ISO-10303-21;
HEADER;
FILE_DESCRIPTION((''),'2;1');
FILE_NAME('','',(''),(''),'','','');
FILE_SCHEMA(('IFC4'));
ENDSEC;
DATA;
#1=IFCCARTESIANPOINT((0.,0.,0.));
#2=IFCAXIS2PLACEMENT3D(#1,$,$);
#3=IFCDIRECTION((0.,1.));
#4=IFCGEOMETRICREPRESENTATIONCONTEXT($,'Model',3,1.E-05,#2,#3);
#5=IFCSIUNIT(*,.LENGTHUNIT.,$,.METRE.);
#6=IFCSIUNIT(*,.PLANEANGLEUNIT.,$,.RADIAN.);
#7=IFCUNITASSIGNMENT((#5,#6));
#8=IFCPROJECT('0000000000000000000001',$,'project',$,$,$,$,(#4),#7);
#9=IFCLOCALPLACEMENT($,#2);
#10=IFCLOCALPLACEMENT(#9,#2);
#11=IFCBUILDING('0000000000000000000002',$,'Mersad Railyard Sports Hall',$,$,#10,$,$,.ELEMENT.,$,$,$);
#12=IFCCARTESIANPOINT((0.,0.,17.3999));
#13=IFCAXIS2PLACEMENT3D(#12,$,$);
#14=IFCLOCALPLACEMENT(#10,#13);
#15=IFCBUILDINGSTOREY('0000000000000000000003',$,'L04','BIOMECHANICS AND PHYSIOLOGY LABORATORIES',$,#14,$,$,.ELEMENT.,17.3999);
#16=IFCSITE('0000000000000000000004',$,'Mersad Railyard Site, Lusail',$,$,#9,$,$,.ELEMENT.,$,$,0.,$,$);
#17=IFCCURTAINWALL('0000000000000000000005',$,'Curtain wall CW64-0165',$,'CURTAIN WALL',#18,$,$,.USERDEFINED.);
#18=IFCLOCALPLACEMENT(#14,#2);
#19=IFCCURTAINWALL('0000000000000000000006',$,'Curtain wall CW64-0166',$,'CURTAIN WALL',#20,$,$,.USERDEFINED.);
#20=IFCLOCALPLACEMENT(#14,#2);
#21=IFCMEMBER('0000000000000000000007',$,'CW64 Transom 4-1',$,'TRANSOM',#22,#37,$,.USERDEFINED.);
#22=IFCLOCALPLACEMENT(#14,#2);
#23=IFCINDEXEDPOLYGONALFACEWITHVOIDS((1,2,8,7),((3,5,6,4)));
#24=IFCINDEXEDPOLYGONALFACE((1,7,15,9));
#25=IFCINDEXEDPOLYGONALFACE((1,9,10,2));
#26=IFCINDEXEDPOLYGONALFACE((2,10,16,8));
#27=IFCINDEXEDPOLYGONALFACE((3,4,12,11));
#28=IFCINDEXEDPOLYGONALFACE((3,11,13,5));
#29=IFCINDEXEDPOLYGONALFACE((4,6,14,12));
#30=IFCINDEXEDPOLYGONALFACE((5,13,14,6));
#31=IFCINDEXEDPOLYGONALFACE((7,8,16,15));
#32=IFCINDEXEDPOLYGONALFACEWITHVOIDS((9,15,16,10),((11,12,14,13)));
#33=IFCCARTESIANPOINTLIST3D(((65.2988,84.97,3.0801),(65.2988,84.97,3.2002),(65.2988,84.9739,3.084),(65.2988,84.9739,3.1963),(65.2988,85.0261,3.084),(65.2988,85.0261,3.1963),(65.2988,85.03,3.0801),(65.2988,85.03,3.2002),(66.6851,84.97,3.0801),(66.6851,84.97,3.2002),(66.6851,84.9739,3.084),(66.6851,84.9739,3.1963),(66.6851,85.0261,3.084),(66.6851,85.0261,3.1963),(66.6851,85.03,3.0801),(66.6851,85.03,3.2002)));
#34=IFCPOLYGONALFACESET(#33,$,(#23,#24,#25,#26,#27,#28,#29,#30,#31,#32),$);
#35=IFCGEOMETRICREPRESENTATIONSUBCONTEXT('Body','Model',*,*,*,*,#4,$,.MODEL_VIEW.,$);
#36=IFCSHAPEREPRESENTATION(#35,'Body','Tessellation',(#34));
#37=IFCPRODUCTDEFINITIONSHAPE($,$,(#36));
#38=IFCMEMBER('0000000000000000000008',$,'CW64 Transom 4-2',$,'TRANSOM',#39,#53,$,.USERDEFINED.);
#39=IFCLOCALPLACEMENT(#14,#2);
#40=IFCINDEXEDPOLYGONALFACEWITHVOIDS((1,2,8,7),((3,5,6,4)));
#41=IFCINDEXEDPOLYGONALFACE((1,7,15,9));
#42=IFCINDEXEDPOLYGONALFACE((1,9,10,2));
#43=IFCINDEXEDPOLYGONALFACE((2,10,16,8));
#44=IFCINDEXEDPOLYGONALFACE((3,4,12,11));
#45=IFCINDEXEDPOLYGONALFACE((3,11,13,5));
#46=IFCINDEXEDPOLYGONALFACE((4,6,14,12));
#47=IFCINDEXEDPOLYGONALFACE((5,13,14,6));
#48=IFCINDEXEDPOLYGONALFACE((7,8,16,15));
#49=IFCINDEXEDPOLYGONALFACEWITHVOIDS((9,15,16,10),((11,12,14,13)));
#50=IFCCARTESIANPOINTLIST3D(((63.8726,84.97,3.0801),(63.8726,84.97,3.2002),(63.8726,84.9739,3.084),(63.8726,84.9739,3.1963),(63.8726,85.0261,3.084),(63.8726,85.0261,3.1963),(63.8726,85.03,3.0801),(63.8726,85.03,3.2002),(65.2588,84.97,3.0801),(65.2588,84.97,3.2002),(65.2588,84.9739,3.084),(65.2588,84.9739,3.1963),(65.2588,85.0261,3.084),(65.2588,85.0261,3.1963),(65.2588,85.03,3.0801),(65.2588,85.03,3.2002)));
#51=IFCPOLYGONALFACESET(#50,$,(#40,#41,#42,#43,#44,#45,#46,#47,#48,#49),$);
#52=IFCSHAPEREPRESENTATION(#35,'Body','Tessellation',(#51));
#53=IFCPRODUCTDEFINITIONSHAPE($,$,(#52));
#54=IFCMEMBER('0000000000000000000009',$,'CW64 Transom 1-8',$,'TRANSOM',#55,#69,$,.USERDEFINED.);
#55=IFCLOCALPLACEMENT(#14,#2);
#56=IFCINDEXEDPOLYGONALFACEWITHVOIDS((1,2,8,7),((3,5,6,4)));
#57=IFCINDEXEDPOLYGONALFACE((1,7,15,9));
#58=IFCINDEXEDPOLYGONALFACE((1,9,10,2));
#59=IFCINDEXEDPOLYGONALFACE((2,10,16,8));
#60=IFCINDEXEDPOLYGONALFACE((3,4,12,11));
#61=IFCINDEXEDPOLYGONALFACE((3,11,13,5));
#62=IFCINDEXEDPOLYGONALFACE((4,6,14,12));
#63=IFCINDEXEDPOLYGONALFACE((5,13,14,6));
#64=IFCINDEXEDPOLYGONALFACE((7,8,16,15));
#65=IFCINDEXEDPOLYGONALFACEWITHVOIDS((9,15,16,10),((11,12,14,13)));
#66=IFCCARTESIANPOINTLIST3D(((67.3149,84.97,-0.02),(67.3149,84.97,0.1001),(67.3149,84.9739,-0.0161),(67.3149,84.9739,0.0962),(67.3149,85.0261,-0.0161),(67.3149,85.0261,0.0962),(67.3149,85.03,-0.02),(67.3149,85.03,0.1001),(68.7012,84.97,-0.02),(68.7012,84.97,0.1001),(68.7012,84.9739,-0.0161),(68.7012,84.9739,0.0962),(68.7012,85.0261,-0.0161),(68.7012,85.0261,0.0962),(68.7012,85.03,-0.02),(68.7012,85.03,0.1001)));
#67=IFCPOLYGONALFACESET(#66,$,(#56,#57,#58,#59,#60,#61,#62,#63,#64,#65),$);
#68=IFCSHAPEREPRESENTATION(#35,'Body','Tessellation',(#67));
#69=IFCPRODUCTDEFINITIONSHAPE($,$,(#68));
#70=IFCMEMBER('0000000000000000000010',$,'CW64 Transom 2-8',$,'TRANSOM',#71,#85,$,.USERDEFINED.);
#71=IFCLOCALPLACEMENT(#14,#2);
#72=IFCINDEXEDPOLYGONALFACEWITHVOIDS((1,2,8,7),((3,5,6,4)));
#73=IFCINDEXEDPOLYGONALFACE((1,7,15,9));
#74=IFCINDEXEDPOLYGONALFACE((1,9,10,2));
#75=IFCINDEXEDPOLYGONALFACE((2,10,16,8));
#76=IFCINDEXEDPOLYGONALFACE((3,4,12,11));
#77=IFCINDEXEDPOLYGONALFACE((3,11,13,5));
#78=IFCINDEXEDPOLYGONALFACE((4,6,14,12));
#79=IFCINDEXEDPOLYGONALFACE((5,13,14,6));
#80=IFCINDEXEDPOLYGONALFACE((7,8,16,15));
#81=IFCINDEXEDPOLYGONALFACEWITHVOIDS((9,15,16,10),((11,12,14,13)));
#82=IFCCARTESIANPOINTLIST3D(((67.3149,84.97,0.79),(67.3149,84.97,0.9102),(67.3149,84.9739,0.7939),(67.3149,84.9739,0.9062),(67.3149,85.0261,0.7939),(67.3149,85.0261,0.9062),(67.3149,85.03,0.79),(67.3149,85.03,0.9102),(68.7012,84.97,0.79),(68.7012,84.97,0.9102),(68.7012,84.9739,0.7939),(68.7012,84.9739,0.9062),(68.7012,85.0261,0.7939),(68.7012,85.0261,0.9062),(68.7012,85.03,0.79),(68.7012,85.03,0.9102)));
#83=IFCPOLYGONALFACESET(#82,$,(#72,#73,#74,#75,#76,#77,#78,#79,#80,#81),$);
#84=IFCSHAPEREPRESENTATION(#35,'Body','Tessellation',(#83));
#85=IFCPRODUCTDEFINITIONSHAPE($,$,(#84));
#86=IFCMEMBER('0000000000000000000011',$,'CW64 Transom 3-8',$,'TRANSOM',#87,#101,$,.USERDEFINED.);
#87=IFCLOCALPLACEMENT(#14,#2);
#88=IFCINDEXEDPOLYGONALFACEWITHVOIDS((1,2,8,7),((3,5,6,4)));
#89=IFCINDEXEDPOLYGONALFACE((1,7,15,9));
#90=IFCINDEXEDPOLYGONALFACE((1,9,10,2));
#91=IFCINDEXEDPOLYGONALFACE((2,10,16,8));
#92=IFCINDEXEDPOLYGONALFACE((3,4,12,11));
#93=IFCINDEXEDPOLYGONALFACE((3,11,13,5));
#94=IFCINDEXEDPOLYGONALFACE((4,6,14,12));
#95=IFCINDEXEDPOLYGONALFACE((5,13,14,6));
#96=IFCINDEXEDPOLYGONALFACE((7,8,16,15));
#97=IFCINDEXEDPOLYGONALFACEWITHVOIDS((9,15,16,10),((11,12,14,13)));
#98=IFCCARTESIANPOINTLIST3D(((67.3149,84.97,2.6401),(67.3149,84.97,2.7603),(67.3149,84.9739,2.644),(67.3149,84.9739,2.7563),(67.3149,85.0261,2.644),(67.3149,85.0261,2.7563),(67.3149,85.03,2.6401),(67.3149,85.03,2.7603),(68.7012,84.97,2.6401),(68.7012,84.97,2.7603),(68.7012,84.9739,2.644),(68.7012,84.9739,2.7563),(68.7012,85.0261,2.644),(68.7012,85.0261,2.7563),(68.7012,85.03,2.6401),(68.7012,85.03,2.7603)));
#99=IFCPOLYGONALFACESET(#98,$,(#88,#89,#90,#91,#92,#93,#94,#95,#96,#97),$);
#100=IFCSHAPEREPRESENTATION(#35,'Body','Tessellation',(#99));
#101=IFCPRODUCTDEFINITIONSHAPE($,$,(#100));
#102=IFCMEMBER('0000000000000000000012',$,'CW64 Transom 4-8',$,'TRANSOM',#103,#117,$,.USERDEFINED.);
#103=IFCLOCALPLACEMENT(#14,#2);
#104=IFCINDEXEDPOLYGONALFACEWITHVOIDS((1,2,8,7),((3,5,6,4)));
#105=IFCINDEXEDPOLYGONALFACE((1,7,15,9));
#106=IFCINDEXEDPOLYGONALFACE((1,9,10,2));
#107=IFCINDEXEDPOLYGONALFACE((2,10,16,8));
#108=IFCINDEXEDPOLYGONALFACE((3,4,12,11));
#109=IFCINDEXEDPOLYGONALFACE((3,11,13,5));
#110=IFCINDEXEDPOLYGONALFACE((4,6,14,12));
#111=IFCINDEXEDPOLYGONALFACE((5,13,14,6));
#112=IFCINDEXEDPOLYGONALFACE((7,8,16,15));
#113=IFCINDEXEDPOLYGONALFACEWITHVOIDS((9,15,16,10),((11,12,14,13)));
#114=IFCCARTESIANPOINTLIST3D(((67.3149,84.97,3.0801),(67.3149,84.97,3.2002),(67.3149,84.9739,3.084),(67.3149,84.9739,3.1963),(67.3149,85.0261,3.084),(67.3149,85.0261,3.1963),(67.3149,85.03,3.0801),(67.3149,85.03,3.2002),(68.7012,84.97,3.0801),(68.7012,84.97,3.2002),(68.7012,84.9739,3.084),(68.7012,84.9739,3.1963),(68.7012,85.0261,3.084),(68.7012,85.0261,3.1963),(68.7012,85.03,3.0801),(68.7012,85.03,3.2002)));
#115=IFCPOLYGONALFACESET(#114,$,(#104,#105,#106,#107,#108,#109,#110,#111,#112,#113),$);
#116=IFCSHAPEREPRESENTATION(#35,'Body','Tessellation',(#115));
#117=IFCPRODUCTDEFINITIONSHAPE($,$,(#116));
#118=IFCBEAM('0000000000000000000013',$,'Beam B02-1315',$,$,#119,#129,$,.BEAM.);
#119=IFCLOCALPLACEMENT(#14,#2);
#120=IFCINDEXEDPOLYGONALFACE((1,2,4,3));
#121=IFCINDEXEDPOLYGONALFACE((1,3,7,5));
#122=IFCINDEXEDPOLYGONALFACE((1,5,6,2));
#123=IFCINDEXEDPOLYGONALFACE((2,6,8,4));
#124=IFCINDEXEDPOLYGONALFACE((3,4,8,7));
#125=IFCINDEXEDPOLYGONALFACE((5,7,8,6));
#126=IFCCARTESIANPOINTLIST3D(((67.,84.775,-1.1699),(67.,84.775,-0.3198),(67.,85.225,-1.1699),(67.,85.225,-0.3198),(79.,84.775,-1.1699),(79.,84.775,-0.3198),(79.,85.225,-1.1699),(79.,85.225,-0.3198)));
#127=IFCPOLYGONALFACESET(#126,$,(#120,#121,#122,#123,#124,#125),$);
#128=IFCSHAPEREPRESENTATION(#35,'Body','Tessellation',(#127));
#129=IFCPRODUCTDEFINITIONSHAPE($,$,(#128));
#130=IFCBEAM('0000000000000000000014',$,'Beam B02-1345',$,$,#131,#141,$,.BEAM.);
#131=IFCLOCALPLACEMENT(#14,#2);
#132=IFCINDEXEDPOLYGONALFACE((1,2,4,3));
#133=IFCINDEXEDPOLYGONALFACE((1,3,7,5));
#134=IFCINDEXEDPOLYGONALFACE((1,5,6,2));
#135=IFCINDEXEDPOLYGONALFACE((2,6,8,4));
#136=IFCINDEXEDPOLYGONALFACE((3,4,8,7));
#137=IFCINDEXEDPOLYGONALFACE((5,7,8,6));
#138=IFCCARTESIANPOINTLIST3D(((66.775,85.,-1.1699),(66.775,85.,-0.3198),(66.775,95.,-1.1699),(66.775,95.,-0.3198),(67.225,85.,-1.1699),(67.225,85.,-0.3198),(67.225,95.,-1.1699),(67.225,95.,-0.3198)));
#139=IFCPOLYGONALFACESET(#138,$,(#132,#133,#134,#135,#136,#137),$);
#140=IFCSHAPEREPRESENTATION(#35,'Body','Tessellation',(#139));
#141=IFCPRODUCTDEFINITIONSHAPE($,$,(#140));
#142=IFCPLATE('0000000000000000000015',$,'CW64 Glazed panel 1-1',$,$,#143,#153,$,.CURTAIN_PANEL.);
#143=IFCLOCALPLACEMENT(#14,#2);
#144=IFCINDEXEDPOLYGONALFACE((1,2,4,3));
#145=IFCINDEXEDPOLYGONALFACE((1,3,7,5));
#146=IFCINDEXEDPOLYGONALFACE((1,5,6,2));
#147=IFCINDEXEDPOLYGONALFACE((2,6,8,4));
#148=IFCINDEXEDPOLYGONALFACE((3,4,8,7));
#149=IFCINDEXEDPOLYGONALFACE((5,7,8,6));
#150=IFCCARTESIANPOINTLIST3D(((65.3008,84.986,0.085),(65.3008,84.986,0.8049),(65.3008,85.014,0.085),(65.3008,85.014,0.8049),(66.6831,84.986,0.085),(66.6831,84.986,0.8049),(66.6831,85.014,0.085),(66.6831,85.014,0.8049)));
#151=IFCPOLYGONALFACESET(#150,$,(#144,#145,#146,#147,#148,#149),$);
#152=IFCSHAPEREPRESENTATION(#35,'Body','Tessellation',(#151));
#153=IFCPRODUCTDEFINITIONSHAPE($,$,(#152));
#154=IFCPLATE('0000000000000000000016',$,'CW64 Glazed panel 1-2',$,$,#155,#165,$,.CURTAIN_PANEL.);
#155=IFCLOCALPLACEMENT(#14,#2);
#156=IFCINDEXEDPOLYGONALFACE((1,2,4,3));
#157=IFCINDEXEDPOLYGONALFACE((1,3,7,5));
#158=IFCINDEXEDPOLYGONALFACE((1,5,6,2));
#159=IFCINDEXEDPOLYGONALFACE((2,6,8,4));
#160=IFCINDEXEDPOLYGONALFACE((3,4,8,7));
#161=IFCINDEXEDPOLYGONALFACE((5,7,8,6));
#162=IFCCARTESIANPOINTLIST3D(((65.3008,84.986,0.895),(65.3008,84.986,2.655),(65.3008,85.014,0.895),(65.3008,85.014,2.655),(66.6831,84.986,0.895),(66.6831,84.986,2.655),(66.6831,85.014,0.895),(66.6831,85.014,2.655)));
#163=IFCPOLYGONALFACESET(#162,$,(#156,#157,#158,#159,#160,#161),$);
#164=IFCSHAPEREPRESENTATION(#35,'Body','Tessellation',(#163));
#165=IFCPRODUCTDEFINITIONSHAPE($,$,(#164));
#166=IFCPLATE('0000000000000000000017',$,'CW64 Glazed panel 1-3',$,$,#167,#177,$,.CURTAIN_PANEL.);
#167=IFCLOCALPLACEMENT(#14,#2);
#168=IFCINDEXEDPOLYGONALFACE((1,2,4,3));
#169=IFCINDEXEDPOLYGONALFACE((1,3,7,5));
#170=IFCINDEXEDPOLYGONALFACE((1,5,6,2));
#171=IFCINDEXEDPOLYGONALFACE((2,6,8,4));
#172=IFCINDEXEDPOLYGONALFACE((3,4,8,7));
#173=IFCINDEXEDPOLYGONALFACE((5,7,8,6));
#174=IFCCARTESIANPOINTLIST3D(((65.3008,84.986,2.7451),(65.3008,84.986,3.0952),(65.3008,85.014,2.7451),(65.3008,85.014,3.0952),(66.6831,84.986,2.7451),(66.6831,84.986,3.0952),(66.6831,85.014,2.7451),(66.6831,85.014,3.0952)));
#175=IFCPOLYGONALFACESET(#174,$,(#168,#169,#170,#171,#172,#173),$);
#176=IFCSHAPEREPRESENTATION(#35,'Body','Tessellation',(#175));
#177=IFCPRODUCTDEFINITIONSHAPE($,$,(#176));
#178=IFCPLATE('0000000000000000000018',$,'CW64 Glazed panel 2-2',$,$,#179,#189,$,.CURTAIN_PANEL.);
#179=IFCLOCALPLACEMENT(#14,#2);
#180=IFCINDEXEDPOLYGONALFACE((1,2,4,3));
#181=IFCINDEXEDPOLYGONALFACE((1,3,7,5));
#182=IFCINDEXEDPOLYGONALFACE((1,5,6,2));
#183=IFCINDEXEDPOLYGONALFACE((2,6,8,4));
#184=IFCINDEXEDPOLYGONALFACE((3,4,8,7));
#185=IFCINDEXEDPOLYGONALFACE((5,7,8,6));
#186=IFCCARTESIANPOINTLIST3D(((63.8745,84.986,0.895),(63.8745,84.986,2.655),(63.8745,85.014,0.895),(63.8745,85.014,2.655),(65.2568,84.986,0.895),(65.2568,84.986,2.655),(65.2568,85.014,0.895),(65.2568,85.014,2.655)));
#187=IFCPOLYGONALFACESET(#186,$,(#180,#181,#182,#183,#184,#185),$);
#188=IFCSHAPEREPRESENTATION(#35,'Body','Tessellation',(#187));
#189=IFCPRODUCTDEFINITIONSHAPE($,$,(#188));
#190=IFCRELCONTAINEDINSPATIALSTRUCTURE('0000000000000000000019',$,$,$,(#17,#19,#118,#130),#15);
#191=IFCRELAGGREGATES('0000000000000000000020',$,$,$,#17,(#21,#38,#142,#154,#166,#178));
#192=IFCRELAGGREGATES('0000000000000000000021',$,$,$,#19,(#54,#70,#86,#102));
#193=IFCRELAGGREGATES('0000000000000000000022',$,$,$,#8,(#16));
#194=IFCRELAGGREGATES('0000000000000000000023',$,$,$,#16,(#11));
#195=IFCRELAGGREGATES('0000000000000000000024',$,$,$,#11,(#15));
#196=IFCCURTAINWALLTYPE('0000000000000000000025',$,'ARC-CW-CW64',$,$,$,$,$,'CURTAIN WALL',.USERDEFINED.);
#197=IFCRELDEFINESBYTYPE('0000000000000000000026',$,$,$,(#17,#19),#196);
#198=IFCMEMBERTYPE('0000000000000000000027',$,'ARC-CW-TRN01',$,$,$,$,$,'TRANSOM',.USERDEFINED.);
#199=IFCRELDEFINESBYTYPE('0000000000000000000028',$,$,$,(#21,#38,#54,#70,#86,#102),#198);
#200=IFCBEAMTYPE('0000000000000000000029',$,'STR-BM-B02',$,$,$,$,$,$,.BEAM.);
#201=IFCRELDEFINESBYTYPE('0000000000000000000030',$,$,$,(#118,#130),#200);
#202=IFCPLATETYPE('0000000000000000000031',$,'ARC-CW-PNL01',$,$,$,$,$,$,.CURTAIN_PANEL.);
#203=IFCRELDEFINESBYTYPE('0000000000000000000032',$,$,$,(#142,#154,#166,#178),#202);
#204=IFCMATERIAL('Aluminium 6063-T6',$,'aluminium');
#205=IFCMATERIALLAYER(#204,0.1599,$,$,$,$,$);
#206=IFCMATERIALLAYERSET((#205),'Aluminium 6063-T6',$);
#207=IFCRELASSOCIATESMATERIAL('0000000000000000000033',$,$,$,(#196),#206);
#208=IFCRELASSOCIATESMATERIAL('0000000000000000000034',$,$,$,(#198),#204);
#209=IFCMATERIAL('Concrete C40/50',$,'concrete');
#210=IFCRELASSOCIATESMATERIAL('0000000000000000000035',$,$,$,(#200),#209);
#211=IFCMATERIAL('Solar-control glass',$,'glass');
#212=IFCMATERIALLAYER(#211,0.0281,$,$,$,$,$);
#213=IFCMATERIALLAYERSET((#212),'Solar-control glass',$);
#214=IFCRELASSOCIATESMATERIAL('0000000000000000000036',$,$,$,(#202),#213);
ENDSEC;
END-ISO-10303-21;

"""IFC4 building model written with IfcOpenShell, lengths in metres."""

from ifc_helpers import new_model, si_unit, direction, frame, origin, origin_2d, place, context, subcontext, project, spatial, rectangle, hollow_rectangle, extrude, material, layer, layer_set, material_profile, profile_set, type_object, element, aggregate, save


model = new_model("IFC4")

# Units and contexts
model_context = context("Model", 3, precision=1e-05, world=origin(), true_north=direction((0.0, 1.0)))
body_context = subcontext(model_context, "Body", "Model", "MODEL_VIEW")
ifc_project = project(units=[si_unit("LENGTHUNIT", "METRE"), si_unit("PLANEANGLEUNIT", "RADIAN")], contexts=[model_context])

# Site, building, storey
site_placement = place(None, origin())
site = spatial("IfcSite", under=ifc_project, at=site_placement, Name="Mersad Railyard Site, Lusail", CompositionType="ELEMENT", RefElevation=0.0)
building_placement = place(site_placement, origin())
building = spatial("IfcBuilding", under=site, at=building_placement, Name="Mersad Railyard Sports Hall", CompositionType="ELEMENT")
storey_placement = place(building_placement, frame((0.0, 0.0, 17.3999)))
storey = spatial("IfcBuildingStorey", under=building, at=storey_placement, Name="L04", Description="BIOMECHANICS AND PHYSIOLOGY LABORATORIES", CompositionType="ELEMENT", Elevation=17.3999)

# Shared definitions
ifc_material_1 = material(Name="Concrete C40/50", Category="concrete")

# Curtain walls
ifc_material_2 = material(Name="Aluminium 6063-T6", Category="aluminium")
ifc_layer_1 = layer(ifc_material_2, 0.1599)
ifc_layer_set_1 = layer_set([ifc_layer_1], Name="Aluminium 6063-T6")
curtain_wall_type = type_object("IfcCurtainWallType", Name="ARC-CW-CW64", ElementType="CURTAIN WALL", PredefinedType="USERDEFINED", material=ifc_layer_set_1)
curtain_wall_1_placement = place(storey_placement, origin())
curtain_wall_1 = element("IfcCurtainWall", 1, at=curtain_wall_1_placement, inside=storey, type_object=curtain_wall_type, Name="Curtain wall CW64-0165", ObjectType="CURTAIN WALL", PredefinedType="USERDEFINED")
curtain_wall_2_placement = place(storey_placement, origin())
curtain_wall_2 = element("IfcCurtainWall", 2, at=curtain_wall_2_placement, inside=storey, type_object=curtain_wall_type, Name="Curtain wall CW64-0166", ObjectType="CURTAIN WALL", PredefinedType="USERDEFINED")

# Members
ifc_material_profile_1 = material_profile(ifc_material_2, hollow_rectangle(XDim=0.0601, YDim=0.1201, WallThickness=0.0039, at=origin_2d()), Name="AL TRANSOM 60x120x4")
ifc_profile_set_1 = profile_set([ifc_material_profile_1], Name="Aluminium 6063-T6")
member_type_1 = type_object("IfcMemberType", Name="ARC-CW-TRN01", ElementType="TRANSOM", PredefinedType="USERDEFINED", material=ifc_profile_set_1)
member_1_placement = place(storey_placement, frame((66.6851, 85.0, 3.1401), z_axis=(-1.0, 0.0, 0.0), x_axis=(0.0, -1.0, 0.0)))
member_1 = element("IfcMember", 3, at=member_1_placement, type_object=member_type_1, Name="CW64 Transom 4-1", ObjectType="TRANSOM", PredefinedType="USERDEFINED", context=body_context, shape_type="SweptSolid", body=[
    extrude(hollow_rectangle(XDim=0.0601, YDim=0.1201, WallThickness=0.0039, at=origin_2d()), origin(), (0.0, 0.0, 1.0), 1.3862),
])
member_2_placement = place(storey_placement, frame((65.2588, 85.0, 3.1401), z_axis=(-1.0, 0.0, 0.0), x_axis=(0.0, -1.0, 0.0)))
member_2 = element("IfcMember", 4, at=member_2_placement, type_object=member_type_1, Name="CW64 Transom 4-2", ObjectType="TRANSOM", PredefinedType="USERDEFINED", context=body_context, shape_type="SweptSolid", body=[
    extrude(hollow_rectangle(XDim=0.0601, YDim=0.1201, WallThickness=0.0039, at=origin_2d()), origin(), (0.0, 0.0, 1.0), 1.3862),
])
member_3_placement = place(storey_placement, frame((68.7012, 85.0, 0.04), z_axis=(-1.0, 0.0, 0.0), x_axis=(0.0, -1.0, 0.0)))
member_3 = element("IfcMember", 5, at=member_3_placement, type_object=member_type_1, Name="CW64 Transom 1-8", ObjectType="TRANSOM", PredefinedType="USERDEFINED", context=body_context, shape_type="SweptSolid", body=[
    extrude(hollow_rectangle(XDim=0.0601, YDim=0.1201, WallThickness=0.0039, at=origin_2d()), origin(), (0.0, 0.0, 1.0), 1.3862),
])
member_4_placement = place(storey_placement, frame((68.7012, 85.0, 0.8501), z_axis=(-1.0, 0.0, 0.0), x_axis=(0.0, -1.0, 0.0)))
member_4 = element("IfcMember", 6, at=member_4_placement, type_object=member_type_1, Name="CW64 Transom 2-8", ObjectType="TRANSOM", PredefinedType="USERDEFINED", context=body_context, shape_type="SweptSolid", body=[
    extrude(hollow_rectangle(XDim=0.0601, YDim=0.1201, WallThickness=0.0039, at=origin_2d()), origin(), (0.0, 0.0, 1.0), 1.3862),
])
member_5_placement = place(storey_placement, frame((68.7012, 85.0, 2.7002), z_axis=(-1.0, 0.0, 0.0), x_axis=(0.0, -1.0, 0.0)))
member_5 = element("IfcMember", 7, at=member_5_placement, type_object=member_type_1, Name="CW64 Transom 3-8", ObjectType="TRANSOM", PredefinedType="USERDEFINED", context=body_context, shape_type="SweptSolid", body=[
    extrude(hollow_rectangle(XDim=0.0601, YDim=0.1201, WallThickness=0.0039, at=origin_2d()), origin(), (0.0, 0.0, 1.0), 1.3862),
])
member_6_placement = place(storey_placement, frame((68.7012, 85.0, 3.1401), z_axis=(-1.0, 0.0, 0.0), x_axis=(0.0, -1.0, 0.0)))
member_6 = element("IfcMember", 8, at=member_6_placement, type_object=member_type_1, Name="CW64 Transom 4-8", ObjectType="TRANSOM", PredefinedType="USERDEFINED", context=body_context, shape_type="SweptSolid", body=[
    extrude(hollow_rectangle(XDim=0.0601, YDim=0.1201, WallThickness=0.0039, at=origin_2d()), origin(), (0.0, 0.0, 1.0), 1.3862),
])

# Beams
ifc_material_profile_2 = material_profile(ifc_material_1, rectangle(XDim=0.45, YDim=0.8501, at=origin_2d()), Name="RC 450x850")
ifc_profile_set_2 = profile_set([ifc_material_profile_2], Name="Concrete C40/50")
beam_type = type_object("IfcBeamType", Name="STR-BM-B02", PredefinedType="BEAM", material=ifc_profile_set_2)
beam_1_placement = place(storey_placement, frame((67.0, 85.0, -0.7449), z_axis=(1.0, 0.0, 0.0), x_axis=(0.0, 1.0, 0.0)))
element("IfcBeam", 9, at=beam_1_placement, inside=storey, type_object=beam_type, Name="Beam B02-1315", PredefinedType="BEAM", context=body_context, shape_type="SweptSolid", body=[
    extrude(rectangle(XDim=0.45, YDim=0.8501, at=origin_2d()), origin(), (0.0, 0.0, 1.0), 12.0),
])
beam_2_placement = place(storey_placement, frame((67.0, 85.0, -0.7449), z_axis=(0.0, 1.0, 0.0), x_axis=(-1.0, 0.0, 0.0)))
element("IfcBeam", 10, at=beam_2_placement, inside=storey, type_object=beam_type, Name="Beam B02-1345", PredefinedType="BEAM", context=body_context, shape_type="SweptSolid", body=[
    extrude(rectangle(XDim=0.45, YDim=0.8501, at=origin_2d()), origin(), (0.0, 0.0, 1.0), 10.0),
])

# Plates
ifc_material_3 = material(Name="Solar-control glass", Category="glass")
ifc_layer_2 = layer(ifc_material_3, 0.0281)
ifc_layer_set_2 = layer_set([ifc_layer_2], Name="Solar-control glass")
plate_type = type_object("IfcPlateType", Name="ARC-CW-PNL01", PredefinedType="CURTAIN_PANEL", material=ifc_layer_set_2)
plate_1_placement = place(storey_placement, frame((65.9919, 85.0, 0.085), z_axis=(0.0, 0.0, 1.0), x_axis=(-1.0, 0.0, 0.0)))
plate_1 = element("IfcPlate", 11, at=plate_1_placement, type_object=plate_type, Name="CW64 Glazed panel 1-1", PredefinedType="CURTAIN_PANEL", context=body_context, shape_type="SweptSolid", body=[
    extrude(rectangle(XDim=1.3823, YDim=0.0281, at=origin_2d()), origin(), (0.0, 0.0, 1.0), 0.72),
])
plate_2_placement = place(storey_placement, frame((65.9919, 85.0, 0.895), z_axis=(0.0, 0.0, 1.0), x_axis=(-1.0, 0.0, 0.0)))
plate_2 = element("IfcPlate", 12, at=plate_2_placement, type_object=plate_type, Name="CW64 Glazed panel 1-2", PredefinedType="CURTAIN_PANEL", context=body_context, shape_type="SweptSolid", body=[
    extrude(rectangle(XDim=1.3823, YDim=0.0281, at=origin_2d()), origin(), (0.0, 0.0, 1.0), 1.76),
])
plate_3_placement = place(storey_placement, frame((65.9919, 85.0, 2.7451), z_axis=(0.0, 0.0, 1.0), x_axis=(-1.0, 0.0, 0.0)))
plate_3 = element("IfcPlate", 13, at=plate_3_placement, type_object=plate_type, Name="CW64 Glazed panel 1-3", PredefinedType="CURTAIN_PANEL", context=body_context, shape_type="SweptSolid", body=[
    extrude(rectangle(XDim=1.3823, YDim=0.0281, at=origin_2d()), origin(), (0.0, 0.0, 1.0), 0.3501),
])
plate_4_placement = place(storey_placement, frame((64.5657, 85.0, 0.895), z_axis=(0.0, 0.0, 1.0), x_axis=(-1.0, 0.0, 0.0)))
plate_4 = element("IfcPlate", 14, at=plate_4_placement, type_object=plate_type, Name="CW64 Glazed panel 2-2", PredefinedType="CURTAIN_PANEL", context=body_context, shape_type="SweptSolid", body=[
    extrude(rectangle(XDim=1.3823, YDim=0.0281, at=origin_2d()), origin(), (0.0, 0.0, 1.0), 1.76),
])
aggregate(curtain_wall_1, [member_1, member_2, plate_1, plate_2, plate_3, plate_4])
aggregate(curtain_wall_2, [member_3, member_4, member_5, member_6])

save(model, "model.ifc")
